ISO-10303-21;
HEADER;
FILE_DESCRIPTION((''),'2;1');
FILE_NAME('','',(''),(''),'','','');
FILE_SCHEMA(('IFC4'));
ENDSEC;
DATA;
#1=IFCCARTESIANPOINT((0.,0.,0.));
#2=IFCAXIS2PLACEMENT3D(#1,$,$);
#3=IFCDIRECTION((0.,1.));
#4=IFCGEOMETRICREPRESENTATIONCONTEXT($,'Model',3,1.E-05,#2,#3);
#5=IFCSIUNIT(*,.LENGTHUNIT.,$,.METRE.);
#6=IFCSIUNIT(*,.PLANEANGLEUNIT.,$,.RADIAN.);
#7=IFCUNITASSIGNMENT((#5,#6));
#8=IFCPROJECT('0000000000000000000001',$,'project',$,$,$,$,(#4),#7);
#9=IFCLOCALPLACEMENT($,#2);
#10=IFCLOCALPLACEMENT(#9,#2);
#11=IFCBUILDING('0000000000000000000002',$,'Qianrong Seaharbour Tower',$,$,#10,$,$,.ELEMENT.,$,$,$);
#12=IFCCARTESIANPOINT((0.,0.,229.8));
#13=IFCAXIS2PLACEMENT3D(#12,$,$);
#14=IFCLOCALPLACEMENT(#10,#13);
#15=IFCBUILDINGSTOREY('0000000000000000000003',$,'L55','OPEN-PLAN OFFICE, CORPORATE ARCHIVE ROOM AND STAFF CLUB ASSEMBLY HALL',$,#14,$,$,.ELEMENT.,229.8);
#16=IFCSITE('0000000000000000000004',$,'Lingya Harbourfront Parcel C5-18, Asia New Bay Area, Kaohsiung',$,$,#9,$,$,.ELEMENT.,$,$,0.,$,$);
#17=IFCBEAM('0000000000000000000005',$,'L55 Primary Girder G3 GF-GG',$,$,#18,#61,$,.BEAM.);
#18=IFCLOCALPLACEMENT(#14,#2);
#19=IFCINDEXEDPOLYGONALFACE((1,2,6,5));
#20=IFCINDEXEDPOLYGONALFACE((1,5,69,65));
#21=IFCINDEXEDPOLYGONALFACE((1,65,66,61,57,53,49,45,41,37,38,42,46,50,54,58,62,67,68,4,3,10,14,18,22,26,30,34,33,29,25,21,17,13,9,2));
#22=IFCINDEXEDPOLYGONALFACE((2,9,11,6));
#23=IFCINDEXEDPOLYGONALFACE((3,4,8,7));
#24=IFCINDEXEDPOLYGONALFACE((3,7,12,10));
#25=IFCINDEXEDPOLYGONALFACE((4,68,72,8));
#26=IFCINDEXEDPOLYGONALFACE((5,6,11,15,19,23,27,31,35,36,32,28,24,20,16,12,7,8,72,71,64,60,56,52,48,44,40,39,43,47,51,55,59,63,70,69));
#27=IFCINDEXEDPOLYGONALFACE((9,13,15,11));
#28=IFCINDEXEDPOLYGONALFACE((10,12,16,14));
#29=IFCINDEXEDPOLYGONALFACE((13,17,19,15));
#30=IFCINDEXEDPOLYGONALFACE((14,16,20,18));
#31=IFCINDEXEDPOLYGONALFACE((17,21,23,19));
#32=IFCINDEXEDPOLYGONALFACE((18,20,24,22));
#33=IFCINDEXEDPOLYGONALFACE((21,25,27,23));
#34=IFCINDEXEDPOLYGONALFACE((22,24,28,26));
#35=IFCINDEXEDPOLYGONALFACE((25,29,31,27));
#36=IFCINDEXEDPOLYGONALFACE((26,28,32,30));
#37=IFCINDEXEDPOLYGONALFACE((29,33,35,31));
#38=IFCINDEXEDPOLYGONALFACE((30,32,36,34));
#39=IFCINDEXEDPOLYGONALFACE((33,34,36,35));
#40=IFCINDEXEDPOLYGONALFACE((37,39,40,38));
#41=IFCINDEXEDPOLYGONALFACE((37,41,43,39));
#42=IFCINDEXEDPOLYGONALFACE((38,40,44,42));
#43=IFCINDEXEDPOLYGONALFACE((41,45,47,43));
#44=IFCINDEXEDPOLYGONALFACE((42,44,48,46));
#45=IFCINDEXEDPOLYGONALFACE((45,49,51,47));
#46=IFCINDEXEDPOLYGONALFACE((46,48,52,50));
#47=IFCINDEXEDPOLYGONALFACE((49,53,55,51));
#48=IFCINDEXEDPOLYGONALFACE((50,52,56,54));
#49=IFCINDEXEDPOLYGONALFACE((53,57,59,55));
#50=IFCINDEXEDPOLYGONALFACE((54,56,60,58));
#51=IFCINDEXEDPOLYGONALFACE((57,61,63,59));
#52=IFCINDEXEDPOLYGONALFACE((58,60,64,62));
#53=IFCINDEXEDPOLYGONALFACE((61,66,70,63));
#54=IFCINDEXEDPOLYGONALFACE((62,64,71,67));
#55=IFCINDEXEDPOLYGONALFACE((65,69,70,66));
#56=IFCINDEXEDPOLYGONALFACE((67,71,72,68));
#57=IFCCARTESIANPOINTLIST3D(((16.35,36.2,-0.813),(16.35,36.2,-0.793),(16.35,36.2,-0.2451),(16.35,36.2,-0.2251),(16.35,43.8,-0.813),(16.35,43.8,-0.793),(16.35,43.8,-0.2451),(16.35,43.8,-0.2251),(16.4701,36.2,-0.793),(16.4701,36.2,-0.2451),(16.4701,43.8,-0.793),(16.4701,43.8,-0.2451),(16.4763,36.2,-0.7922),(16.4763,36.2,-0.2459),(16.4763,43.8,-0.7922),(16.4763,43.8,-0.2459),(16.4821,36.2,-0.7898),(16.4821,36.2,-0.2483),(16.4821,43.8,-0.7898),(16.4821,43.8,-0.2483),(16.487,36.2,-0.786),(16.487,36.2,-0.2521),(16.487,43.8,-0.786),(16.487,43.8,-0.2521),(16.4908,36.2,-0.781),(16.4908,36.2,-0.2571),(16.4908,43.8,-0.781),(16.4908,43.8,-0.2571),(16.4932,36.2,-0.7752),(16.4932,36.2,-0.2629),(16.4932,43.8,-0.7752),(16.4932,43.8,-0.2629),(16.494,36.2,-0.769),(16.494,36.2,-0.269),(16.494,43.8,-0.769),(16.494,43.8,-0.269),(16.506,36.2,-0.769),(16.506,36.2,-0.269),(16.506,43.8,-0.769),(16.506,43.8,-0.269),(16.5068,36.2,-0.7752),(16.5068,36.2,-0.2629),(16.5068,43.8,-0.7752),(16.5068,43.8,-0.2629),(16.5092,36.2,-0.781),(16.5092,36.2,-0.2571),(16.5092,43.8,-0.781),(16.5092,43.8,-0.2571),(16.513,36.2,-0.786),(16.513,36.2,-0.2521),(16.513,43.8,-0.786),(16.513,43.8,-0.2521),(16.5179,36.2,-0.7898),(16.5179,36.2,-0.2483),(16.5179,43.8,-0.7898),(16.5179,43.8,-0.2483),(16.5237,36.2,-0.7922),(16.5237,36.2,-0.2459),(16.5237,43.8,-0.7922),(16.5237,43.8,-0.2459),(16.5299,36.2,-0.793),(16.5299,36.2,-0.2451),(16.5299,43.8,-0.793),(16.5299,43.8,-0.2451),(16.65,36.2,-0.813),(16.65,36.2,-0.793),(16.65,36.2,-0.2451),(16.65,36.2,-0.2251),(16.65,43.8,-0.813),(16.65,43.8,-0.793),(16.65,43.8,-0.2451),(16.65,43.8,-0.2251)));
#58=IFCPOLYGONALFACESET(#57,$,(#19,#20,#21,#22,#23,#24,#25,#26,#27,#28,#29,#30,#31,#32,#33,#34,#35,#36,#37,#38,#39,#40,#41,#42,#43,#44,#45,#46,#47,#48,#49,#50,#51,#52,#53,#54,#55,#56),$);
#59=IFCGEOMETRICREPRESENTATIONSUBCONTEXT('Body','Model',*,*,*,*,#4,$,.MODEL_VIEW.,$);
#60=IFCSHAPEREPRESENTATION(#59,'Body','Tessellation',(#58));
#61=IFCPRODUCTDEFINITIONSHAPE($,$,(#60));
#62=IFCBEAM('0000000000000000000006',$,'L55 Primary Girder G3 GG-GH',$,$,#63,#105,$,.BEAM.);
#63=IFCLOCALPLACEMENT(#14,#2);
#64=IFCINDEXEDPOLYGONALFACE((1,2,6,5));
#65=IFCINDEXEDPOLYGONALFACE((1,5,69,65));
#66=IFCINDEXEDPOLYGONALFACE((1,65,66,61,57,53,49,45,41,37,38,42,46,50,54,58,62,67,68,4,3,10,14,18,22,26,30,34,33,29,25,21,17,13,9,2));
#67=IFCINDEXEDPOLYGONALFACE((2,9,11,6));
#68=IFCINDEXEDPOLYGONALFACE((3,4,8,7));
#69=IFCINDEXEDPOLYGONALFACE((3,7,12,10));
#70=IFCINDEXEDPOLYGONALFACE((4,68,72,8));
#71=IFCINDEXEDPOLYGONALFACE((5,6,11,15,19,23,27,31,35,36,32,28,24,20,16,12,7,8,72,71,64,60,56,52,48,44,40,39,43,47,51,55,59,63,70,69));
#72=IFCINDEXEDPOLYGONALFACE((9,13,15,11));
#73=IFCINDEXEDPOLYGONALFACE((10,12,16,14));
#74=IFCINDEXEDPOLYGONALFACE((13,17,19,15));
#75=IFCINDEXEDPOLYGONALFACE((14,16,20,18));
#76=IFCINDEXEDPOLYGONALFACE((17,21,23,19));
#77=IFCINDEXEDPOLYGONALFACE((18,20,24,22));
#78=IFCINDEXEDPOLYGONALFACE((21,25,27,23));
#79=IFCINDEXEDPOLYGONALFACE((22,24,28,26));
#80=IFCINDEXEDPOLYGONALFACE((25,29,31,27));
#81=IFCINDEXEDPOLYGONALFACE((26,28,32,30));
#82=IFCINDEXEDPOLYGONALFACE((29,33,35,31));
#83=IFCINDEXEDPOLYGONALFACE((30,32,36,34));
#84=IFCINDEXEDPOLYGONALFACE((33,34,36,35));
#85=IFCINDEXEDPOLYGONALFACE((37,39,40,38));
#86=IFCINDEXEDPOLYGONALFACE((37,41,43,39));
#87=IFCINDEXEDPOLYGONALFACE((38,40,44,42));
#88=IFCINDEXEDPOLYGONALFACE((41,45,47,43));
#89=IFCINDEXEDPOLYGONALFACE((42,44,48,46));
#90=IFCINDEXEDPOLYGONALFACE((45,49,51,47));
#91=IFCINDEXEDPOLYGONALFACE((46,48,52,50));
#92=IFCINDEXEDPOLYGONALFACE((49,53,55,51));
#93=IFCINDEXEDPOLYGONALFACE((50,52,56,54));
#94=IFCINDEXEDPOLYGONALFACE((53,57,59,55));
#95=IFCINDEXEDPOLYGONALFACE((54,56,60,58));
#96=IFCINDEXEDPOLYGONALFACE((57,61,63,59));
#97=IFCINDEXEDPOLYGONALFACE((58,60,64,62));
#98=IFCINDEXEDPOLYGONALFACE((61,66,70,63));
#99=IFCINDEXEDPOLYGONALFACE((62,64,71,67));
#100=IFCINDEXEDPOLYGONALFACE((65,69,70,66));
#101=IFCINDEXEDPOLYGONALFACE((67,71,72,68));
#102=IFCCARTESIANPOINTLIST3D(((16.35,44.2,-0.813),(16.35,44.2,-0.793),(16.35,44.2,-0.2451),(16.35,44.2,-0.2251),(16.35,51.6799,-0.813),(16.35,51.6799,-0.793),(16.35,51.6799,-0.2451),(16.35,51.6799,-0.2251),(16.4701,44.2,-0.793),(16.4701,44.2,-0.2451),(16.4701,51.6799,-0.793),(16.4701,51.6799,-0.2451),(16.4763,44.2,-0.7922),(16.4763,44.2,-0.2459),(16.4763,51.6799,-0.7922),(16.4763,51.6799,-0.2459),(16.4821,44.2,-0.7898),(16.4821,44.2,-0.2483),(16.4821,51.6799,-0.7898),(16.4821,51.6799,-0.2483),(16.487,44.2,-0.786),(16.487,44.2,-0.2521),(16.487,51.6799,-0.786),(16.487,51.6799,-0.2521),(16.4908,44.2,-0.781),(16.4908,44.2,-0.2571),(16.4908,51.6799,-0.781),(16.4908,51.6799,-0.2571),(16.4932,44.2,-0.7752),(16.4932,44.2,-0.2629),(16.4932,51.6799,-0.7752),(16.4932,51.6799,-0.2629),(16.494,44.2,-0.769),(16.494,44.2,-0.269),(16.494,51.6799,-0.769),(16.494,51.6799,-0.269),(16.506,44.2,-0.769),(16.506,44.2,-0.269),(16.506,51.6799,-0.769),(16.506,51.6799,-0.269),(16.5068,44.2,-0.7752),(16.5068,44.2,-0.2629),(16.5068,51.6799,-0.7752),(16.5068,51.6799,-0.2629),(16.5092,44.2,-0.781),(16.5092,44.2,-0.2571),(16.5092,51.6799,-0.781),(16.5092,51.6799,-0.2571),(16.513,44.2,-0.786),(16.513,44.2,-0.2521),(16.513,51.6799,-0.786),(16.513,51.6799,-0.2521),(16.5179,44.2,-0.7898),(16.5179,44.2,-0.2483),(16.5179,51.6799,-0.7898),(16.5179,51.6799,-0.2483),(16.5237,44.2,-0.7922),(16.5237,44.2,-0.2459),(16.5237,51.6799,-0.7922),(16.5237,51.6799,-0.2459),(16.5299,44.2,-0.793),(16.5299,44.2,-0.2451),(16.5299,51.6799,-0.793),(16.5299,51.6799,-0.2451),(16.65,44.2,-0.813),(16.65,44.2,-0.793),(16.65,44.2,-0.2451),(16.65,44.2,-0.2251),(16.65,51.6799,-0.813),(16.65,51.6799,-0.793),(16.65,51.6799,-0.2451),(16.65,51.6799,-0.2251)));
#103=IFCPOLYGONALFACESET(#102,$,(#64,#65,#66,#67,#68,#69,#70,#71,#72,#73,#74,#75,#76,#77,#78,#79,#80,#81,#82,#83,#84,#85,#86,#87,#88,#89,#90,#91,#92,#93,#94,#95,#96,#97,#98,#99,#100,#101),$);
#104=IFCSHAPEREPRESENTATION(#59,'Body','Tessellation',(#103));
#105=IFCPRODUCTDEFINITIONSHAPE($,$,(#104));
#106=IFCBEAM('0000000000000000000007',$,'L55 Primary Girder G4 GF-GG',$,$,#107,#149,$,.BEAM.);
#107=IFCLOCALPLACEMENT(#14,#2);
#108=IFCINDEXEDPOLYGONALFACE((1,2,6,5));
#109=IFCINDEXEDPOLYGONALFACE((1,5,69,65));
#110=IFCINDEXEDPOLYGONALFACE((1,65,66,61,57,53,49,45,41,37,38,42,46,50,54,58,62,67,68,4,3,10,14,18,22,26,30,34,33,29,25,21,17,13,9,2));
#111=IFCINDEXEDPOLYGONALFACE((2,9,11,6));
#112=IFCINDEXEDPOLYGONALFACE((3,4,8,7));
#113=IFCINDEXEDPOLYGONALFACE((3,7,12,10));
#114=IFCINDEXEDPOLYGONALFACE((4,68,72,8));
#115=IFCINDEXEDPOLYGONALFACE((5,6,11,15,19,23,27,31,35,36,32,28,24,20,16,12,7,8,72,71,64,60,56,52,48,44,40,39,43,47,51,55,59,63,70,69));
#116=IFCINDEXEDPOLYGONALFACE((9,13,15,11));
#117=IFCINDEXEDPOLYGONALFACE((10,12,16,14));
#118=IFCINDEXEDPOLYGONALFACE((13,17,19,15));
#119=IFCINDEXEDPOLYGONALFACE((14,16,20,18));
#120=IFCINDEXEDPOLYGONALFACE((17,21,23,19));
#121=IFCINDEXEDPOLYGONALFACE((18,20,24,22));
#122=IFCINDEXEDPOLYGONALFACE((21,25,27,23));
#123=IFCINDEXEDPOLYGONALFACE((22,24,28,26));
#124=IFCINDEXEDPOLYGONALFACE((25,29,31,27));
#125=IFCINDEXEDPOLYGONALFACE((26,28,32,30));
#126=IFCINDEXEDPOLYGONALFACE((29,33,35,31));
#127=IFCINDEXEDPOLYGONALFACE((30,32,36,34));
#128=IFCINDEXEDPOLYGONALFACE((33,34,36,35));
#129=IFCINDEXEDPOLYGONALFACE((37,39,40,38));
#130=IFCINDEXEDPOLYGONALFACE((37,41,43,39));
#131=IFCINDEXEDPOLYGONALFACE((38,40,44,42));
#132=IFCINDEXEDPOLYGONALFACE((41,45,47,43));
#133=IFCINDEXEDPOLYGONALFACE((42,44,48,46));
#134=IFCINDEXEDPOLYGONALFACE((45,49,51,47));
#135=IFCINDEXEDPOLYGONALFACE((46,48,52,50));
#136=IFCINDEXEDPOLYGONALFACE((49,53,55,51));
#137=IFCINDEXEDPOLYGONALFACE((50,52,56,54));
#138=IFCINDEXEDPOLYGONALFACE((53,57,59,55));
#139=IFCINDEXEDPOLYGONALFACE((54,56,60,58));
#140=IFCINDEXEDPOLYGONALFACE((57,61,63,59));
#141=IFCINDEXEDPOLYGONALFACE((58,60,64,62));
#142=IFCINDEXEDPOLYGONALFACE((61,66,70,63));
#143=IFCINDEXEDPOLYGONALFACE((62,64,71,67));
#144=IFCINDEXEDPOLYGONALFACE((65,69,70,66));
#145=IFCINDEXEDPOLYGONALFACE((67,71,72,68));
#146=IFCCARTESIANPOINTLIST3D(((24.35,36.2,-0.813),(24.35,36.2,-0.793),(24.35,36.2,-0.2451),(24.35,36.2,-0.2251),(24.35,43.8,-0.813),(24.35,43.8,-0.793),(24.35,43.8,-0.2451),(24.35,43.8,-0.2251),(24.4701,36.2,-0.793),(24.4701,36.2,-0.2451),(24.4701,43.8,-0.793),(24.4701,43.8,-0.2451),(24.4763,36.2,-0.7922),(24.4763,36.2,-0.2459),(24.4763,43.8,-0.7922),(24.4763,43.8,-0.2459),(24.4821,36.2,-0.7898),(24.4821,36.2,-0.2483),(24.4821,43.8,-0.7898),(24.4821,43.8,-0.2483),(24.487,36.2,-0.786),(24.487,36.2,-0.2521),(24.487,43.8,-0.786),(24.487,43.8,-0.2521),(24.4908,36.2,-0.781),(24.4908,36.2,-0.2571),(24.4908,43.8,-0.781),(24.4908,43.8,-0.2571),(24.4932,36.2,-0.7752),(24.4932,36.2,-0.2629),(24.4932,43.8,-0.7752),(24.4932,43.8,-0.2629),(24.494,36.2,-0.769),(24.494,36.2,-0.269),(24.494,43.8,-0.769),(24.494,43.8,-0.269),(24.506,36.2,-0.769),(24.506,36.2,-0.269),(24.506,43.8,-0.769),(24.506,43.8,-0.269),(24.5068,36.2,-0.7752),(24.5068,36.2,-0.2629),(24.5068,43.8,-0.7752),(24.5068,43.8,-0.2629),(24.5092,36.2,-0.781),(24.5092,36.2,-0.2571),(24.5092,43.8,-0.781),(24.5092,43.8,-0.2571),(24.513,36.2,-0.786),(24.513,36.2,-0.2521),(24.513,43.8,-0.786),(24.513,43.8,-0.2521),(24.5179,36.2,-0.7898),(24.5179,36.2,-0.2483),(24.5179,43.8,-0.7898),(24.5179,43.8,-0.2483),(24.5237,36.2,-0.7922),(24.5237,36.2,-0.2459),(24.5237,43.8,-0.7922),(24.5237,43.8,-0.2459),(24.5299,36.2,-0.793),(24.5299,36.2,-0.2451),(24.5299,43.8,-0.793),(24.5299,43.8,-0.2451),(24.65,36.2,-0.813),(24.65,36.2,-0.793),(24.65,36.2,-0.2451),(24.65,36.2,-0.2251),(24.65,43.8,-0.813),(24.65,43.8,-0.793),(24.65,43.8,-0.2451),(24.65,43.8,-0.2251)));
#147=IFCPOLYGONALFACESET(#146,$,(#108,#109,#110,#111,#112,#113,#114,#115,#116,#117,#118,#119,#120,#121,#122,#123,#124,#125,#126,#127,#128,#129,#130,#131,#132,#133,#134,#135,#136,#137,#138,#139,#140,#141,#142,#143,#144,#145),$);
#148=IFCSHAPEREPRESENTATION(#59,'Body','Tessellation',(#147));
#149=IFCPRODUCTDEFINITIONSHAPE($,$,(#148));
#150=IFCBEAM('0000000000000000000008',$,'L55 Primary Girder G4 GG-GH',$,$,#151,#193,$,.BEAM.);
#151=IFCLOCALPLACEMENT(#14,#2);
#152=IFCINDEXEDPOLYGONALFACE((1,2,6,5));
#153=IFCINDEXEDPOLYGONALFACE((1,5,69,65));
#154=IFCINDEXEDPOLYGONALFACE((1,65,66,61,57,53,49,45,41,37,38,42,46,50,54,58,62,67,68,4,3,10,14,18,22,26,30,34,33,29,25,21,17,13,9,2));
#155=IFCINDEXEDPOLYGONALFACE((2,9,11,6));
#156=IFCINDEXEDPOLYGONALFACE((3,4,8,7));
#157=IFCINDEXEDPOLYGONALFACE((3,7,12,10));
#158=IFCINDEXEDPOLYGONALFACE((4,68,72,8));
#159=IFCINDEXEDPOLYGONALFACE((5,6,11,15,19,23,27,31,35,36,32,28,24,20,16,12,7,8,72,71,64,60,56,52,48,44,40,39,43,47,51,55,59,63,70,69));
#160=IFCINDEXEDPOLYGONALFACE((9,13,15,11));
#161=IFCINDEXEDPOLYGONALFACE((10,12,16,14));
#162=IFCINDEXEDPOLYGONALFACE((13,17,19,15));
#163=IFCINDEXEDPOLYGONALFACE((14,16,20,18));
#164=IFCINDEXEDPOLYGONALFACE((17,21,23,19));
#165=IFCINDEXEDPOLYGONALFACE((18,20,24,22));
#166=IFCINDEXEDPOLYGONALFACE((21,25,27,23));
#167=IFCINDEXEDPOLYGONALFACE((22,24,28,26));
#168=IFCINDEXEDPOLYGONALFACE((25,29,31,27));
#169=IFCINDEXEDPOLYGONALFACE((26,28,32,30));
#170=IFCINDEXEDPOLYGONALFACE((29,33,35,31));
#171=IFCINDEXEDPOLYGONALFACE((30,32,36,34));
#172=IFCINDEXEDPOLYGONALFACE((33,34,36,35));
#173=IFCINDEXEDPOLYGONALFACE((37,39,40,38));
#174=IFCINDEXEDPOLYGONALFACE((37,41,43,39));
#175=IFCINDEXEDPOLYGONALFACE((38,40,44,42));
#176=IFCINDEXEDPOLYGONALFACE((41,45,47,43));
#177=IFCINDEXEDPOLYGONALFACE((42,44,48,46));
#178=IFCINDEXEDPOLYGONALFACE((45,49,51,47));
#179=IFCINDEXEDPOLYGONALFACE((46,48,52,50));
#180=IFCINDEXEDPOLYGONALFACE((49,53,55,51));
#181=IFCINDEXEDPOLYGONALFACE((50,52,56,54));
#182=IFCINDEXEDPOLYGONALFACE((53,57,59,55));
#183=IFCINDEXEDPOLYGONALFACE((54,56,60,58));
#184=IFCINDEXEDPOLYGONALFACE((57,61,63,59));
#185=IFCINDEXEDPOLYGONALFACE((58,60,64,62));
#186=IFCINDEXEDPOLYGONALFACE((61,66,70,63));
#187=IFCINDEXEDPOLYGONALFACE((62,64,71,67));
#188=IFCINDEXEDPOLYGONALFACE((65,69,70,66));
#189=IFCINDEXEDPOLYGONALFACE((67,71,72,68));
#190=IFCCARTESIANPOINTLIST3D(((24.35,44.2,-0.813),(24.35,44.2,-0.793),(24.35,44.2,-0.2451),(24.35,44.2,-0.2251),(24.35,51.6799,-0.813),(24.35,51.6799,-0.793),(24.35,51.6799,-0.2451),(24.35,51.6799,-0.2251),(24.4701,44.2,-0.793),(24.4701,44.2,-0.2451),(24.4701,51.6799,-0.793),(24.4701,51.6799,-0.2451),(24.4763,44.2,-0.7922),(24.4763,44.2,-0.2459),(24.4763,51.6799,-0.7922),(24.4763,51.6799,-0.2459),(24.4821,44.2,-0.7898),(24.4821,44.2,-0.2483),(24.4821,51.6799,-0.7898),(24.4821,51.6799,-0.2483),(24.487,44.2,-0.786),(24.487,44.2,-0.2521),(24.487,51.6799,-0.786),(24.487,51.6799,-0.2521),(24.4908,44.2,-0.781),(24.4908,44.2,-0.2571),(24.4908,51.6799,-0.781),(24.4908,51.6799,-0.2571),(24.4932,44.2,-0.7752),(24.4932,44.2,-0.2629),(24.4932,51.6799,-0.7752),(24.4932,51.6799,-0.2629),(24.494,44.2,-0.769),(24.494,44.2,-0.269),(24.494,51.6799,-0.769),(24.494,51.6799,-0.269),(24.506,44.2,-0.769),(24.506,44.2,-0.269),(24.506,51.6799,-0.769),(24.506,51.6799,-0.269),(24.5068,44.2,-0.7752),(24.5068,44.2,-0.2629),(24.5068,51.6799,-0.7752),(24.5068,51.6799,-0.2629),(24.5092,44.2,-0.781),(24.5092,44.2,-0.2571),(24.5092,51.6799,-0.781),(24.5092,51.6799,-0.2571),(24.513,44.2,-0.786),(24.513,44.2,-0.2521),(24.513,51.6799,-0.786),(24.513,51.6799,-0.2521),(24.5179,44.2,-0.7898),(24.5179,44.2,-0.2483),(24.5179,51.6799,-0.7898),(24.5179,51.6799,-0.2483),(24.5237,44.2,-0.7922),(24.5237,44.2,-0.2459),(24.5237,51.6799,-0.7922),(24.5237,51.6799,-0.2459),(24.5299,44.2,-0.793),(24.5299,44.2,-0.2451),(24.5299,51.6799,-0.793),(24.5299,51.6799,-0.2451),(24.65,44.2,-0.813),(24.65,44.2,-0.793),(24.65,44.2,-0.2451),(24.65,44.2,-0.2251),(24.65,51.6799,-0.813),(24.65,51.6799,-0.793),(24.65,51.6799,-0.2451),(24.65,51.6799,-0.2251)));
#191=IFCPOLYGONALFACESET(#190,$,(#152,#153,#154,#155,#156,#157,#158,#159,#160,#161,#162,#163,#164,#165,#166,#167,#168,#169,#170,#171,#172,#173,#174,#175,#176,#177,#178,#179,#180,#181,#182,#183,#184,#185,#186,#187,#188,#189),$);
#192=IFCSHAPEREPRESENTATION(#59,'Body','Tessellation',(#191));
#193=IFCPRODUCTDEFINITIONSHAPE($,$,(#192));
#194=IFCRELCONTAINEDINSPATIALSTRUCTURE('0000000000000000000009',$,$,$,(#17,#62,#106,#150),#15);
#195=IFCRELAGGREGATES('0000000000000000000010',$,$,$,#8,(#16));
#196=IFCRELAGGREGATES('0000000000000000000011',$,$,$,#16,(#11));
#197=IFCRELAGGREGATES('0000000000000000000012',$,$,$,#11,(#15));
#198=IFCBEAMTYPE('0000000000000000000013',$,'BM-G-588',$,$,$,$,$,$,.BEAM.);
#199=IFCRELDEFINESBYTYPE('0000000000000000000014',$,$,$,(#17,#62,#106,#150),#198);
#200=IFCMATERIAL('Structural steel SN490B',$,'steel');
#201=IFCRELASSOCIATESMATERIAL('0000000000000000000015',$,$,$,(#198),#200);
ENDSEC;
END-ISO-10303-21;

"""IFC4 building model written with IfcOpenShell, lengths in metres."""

from ifc_helpers import new_model, si_unit, direction, frame, origin, origin_2d, place, context, subcontext, project, spatial, i_section, extrude, material, material_profile, profile_set, type_object, element, save


model = new_model("IFC4")

# Units and contexts
model_context = context("Model", 3, precision=1e-05, world=origin(), true_north=direction((0.0, 1.0)))
body_context = subcontext(model_context, "Body", "Model", "MODEL_VIEW")
ifc_project = project(units=[si_unit("LENGTHUNIT", "METRE"), si_unit("PLANEANGLEUNIT", "RADIAN")], contexts=[model_context])

# Site, building, storey
site_placement = place(None, origin())
site = spatial("IfcSite", under=ifc_project, at=site_placement, Name="Lingya Harbourfront Parcel C5-18, Asia New Bay Area, Kaohsiung", CompositionType="ELEMENT", RefElevation=0.0)
building_placement = place(site_placement, origin())
building = spatial("IfcBuilding", under=site, at=building_placement, Name="Qianrong Seaharbour Tower", CompositionType="ELEMENT")
storey_placement = place(building_placement, frame((0.0, 0.0, 229.8)))
storey = spatial("IfcBuildingStorey", under=building, at=storey_placement, Name="L55", Description="OPEN-PLAN OFFICE, CORPORATE ARCHIVE ROOM AND STAFF CLUB ASSEMBLY HALL", CompositionType="ELEMENT", Elevation=229.8)

# Shared definitions
ifc_material_1 = material(Name="Structural steel SN490B", Category="steel")

# Beams
ifc_material_profile_1 = material_profile(ifc_material_1, i_section(OverallWidth=0.3, OverallDepth=0.5879, WebThickness=0.012, FlangeThickness=0.02, FilletRadius=0.0239, at=origin_2d()), Name="H588x300x12x20")
ifc_profile_set_1 = profile_set([ifc_material_profile_1], Name="Structural steel SN490B")
beam_type_1 = type_object("IfcBeamType", Name="BM-G-588", PredefinedType="BEAM", material=ifc_profile_set_1)
for number, where, z_axis, x_axis, name in (
    (1, (16.5, 36.2, -0.519), (0.0, 1.0, 0.0), (-1.0, 0.0, 0.0), "L55 Primary Girder G3 GF-GG"),
):
    element("IfcBeam", number, at=place(storey_placement, frame(where, z_axis=z_axis, x_axis=x_axis)), inside=storey, type_object=beam_type_1, Name=name, PredefinedType="BEAM", context=body_context, shape_type="SweptSolid", body=[
        extrude(i_section(OverallWidth=0.3, OverallDepth=0.5879, WebThickness=0.012, FlangeThickness=0.02, FilletRadius=0.0239, at=origin_2d()), origin(), (0.0, 0.0, 1.0), 7.6001),
    ])
beam_1_placement = place(storey_placement, frame((16.5, 44.2, -0.519), z_axis=(0.0, 1.0, 0.0), x_axis=(-1.0, 0.0, 0.0)))
element("IfcBeam", 2, at=beam_1_placement, inside=storey, type_object=beam_type_1, Name="L55 Primary Girder G3 GG-GH", PredefinedType="BEAM", context=body_context, shape_type="SweptSolid", body=[
    extrude(i_section(OverallWidth=0.3, OverallDepth=0.5879, WebThickness=0.012, FlangeThickness=0.02, FilletRadius=0.0239, at=origin_2d()), origin(), (0.0, 0.0, 1.0), 7.48),
])
beam_2_placement = place(storey_placement, frame((24.5, 36.2, -0.519), z_axis=(0.0, 1.0, 0.0), x_axis=(-1.0, 0.0, 0.0)))
element("IfcBeam", 3, at=beam_2_placement, inside=storey, type_object=beam_type_1, Name="L55 Primary Girder G4 GF-GG", PredefinedType="BEAM", context=body_context, shape_type="SweptSolid", body=[
    extrude(i_section(OverallWidth=0.3, OverallDepth=0.5879, WebThickness=0.012, FlangeThickness=0.02, FilletRadius=0.0239, at=origin_2d()), origin(), (0.0, 0.0, 1.0), 7.6001),
])
beam_3_placement = place(storey_placement, frame((24.5, 44.2, -0.519), z_axis=(0.0, 1.0, 0.0), x_axis=(-1.0, 0.0, 0.0)))
element("IfcBeam", 4, at=beam_3_placement, inside=storey, type_object=beam_type_1, Name="L55 Primary Girder G4 GG-GH", PredefinedType="BEAM", context=body_context, shape_type="SweptSolid", body=[
    extrude(i_section(OverallWidth=0.3, OverallDepth=0.5879, WebThickness=0.012, FlangeThickness=0.02, FilletRadius=0.0239, at=origin_2d()), origin(), (0.0, 0.0, 1.0), 7.48),
])

save(model, "model.ifc")
